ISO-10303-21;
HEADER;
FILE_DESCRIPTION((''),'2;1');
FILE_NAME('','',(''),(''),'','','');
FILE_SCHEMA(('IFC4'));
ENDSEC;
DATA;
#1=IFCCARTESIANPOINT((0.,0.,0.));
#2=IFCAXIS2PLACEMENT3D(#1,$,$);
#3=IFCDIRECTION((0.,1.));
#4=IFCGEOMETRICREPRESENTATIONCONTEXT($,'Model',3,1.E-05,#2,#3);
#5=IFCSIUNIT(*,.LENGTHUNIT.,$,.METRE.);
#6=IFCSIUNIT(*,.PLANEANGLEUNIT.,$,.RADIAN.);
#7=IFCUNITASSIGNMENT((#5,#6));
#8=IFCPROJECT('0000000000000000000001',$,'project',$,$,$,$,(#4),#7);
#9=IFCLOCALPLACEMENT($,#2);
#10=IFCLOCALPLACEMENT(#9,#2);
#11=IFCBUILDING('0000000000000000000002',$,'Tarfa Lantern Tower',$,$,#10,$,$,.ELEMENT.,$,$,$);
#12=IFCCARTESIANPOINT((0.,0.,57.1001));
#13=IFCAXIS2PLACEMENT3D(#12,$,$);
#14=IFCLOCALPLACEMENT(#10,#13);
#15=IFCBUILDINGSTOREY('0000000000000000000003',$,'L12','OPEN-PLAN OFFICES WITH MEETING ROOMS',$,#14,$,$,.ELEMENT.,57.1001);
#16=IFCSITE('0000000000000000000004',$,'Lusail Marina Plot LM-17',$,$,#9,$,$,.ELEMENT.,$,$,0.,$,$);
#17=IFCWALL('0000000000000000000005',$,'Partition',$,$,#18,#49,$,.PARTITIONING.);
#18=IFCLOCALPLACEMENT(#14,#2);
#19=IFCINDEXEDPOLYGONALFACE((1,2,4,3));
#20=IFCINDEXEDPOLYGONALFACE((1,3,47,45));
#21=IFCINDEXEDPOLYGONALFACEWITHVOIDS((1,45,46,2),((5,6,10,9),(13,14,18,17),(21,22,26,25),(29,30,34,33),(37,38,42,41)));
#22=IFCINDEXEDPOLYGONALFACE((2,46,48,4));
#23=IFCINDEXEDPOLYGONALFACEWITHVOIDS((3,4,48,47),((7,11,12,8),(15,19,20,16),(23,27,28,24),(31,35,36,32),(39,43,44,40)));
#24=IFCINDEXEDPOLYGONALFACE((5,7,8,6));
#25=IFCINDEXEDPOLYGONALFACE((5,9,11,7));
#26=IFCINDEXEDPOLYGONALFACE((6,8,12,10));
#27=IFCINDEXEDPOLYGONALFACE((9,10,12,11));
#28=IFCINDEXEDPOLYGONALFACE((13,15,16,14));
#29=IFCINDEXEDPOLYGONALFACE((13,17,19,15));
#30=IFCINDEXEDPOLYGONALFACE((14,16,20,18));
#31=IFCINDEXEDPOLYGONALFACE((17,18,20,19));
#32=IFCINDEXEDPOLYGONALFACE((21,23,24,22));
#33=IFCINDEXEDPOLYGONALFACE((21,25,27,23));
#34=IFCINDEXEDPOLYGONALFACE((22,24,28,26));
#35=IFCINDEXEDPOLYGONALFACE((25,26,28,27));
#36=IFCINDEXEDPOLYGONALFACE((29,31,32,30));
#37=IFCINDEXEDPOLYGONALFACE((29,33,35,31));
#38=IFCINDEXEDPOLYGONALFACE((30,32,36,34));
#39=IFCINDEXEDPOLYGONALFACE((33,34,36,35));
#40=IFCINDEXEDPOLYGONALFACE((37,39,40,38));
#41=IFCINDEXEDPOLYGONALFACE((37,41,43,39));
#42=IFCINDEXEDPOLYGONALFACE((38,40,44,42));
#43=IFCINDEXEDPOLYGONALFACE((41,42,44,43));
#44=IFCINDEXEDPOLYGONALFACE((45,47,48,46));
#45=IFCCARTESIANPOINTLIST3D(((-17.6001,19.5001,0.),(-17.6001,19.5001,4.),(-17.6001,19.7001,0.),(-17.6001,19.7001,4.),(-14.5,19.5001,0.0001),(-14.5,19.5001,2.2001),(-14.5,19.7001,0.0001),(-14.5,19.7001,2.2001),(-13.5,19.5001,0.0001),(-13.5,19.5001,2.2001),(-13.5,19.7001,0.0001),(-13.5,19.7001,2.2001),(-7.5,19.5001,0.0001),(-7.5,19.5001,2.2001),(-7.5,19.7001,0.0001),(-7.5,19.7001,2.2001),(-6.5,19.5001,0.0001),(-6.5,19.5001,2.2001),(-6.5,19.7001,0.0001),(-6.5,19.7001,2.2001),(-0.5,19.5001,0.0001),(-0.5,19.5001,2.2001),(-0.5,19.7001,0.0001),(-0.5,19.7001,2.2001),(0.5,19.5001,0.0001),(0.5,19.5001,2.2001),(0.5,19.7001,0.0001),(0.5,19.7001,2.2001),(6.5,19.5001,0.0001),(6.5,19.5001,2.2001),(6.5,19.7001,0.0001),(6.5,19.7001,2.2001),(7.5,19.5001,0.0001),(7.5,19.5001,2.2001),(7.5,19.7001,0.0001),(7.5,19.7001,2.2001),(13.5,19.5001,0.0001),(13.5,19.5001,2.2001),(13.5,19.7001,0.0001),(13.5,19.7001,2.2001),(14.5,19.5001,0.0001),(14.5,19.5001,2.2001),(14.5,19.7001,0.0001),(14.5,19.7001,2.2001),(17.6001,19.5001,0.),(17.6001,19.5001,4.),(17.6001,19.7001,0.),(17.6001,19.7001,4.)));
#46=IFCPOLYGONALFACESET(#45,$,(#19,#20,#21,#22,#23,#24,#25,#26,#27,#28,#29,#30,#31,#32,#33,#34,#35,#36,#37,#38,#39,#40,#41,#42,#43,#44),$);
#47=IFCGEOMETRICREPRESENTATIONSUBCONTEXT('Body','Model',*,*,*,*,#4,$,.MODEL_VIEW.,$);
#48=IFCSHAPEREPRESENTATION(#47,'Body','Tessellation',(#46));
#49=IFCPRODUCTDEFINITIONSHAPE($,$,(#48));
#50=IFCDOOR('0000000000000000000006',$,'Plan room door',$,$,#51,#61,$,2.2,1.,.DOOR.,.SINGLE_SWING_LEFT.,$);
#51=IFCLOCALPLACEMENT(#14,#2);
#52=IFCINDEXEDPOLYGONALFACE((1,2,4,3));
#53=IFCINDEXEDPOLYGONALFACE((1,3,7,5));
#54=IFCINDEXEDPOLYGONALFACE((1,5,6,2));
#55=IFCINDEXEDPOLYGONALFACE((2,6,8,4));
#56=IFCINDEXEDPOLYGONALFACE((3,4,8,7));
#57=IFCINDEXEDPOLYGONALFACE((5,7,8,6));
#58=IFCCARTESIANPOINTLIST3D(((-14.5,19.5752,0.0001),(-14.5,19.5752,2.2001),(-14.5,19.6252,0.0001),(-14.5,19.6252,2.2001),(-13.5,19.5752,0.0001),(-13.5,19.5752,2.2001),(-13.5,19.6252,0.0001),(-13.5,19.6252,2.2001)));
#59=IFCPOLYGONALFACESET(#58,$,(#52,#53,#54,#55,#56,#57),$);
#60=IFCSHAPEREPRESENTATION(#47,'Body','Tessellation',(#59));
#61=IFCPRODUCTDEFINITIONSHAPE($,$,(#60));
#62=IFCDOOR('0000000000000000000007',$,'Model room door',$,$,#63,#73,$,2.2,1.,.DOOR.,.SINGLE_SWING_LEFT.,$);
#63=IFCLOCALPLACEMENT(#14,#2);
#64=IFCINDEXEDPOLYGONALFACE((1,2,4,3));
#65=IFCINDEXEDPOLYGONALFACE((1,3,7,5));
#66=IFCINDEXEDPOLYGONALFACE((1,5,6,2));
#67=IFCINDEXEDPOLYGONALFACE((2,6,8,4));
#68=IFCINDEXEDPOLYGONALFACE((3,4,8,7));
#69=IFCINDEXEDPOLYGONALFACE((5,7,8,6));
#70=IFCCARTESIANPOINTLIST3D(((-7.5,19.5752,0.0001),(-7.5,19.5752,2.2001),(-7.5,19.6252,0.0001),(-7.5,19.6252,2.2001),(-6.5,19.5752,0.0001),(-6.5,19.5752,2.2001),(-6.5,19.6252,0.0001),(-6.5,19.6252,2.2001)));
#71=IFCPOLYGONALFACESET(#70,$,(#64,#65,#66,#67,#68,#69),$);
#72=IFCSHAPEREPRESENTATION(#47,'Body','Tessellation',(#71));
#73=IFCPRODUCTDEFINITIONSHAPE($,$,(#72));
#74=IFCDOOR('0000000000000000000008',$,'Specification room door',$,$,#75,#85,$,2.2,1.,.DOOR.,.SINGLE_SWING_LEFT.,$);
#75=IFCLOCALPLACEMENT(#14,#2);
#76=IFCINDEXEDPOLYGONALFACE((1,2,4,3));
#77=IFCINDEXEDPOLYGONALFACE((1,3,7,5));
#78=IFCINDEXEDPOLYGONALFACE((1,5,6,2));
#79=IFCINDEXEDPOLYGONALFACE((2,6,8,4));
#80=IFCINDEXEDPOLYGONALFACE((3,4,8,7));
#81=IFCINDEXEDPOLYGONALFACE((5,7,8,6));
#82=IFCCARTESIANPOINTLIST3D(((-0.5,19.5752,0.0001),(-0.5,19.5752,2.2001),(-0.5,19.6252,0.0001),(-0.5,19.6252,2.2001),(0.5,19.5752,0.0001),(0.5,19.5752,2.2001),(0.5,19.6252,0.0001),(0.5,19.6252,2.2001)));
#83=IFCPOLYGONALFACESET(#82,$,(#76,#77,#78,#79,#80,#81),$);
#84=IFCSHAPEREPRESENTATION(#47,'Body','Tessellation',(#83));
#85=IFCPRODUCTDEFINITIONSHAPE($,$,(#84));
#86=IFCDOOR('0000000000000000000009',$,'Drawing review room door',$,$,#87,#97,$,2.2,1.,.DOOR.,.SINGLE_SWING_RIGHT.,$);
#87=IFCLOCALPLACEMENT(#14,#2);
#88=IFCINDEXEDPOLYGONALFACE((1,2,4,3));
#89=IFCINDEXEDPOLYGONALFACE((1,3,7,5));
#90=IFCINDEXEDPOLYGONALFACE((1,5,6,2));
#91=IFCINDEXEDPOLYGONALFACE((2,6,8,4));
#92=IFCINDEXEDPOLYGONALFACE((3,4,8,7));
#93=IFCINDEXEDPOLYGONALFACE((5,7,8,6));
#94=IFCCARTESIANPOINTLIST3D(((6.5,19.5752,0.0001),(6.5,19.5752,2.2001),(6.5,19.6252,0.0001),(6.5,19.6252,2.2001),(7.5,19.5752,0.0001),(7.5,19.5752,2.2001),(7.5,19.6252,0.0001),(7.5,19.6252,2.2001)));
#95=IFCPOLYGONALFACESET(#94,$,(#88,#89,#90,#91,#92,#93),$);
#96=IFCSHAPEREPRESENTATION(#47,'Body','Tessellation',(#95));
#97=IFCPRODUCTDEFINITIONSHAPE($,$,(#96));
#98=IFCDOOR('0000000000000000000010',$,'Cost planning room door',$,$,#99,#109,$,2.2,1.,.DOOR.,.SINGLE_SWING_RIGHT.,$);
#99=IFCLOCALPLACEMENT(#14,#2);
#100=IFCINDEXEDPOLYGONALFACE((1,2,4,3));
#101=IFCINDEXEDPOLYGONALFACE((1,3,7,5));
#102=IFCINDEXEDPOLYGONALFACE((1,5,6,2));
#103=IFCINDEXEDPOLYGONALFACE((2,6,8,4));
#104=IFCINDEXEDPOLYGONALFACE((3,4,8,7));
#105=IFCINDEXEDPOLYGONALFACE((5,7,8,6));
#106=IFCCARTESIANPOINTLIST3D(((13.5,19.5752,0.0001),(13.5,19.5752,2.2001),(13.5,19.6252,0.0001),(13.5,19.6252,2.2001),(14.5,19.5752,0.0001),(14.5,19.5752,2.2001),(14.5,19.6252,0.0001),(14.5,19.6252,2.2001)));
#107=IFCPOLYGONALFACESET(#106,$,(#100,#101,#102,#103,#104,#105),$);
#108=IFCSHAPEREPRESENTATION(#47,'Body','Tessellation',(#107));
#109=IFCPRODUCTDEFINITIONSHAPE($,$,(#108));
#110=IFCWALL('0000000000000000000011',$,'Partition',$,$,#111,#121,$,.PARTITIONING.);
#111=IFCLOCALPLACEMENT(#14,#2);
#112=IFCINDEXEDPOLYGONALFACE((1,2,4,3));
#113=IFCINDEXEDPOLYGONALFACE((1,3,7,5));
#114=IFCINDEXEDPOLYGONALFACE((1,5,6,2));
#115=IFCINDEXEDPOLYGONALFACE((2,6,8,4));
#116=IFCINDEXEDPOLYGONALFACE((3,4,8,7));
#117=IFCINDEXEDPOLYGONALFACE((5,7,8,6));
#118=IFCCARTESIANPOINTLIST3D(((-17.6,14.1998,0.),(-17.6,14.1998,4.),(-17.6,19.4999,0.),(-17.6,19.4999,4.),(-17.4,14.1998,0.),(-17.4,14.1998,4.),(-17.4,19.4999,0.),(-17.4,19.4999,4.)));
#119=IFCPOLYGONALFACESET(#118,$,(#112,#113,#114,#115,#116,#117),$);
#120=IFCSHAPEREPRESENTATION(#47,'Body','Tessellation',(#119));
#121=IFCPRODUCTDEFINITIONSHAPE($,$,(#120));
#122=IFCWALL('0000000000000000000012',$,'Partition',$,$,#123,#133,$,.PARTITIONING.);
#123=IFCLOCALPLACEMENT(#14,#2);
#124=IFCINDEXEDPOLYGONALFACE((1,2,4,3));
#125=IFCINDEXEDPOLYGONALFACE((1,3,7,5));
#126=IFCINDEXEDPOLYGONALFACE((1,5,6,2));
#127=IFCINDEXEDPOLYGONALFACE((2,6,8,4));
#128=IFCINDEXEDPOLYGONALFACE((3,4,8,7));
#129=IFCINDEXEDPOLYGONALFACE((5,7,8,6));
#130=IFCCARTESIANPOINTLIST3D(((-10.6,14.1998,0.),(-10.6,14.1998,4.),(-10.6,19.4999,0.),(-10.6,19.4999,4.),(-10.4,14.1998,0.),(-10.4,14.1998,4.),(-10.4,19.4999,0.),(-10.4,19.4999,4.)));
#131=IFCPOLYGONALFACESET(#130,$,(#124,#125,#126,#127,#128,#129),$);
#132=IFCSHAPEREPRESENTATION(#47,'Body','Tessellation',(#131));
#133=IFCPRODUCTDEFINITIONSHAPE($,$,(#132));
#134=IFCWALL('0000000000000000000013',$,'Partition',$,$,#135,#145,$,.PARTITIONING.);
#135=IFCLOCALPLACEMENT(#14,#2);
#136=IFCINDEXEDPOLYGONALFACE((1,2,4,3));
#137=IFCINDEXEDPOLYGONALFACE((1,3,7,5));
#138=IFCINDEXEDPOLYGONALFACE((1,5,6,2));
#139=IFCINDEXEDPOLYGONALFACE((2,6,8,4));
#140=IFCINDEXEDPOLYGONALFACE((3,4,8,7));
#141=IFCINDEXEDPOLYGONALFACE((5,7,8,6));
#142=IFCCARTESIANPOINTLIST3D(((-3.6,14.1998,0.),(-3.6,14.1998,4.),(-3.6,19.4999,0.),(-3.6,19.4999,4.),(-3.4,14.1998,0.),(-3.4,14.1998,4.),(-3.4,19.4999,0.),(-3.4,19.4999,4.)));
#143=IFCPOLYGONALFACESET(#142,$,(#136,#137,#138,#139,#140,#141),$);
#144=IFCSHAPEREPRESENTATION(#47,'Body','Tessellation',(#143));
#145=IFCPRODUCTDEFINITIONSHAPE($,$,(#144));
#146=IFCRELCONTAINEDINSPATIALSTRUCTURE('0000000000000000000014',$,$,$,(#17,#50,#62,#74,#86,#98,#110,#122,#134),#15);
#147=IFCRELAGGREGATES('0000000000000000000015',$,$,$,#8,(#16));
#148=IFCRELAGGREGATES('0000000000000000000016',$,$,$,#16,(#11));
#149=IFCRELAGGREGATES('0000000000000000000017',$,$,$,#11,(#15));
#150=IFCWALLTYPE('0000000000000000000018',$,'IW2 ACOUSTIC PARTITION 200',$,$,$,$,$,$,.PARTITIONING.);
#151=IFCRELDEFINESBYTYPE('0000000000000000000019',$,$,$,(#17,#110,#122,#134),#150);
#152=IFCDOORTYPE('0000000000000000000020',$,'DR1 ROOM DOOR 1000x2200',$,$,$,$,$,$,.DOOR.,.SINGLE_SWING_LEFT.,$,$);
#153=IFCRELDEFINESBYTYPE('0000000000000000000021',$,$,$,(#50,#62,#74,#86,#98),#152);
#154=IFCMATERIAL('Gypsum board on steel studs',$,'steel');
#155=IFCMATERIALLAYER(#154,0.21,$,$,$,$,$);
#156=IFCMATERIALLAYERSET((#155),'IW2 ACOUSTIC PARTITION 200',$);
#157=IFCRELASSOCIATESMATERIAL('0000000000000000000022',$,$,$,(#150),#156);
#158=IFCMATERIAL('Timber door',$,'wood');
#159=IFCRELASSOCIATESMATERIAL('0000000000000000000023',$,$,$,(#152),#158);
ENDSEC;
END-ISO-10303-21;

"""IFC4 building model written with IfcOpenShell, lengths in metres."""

from ifc_helpers import new_model, si_unit, direction, frame, frame_2d, origin, place, context, subcontext, project, spatial, rectangle, extrude, material, layer, layer_set, type_object, element, fill, save


model = new_model("IFC4")

# Units and contexts
model_context = context("Model", 3, precision=1e-05, world=origin(), true_north=direction((0.0, 1.0)))
body_context = subcontext(model_context, "Body", "Model", "MODEL_VIEW")
ifc_project = project(units=[si_unit("LENGTHUNIT", "METRE"), si_unit("PLANEANGLEUNIT", "RADIAN")], contexts=[model_context])

# Site, building, storey
site_placement = place(None, origin())
site = spatial("IfcSite", under=ifc_project, at=site_placement, Name="Lusail Marina Plot LM-17", CompositionType="ELEMENT", RefElevation=0.0)
building_placement = place(site_placement, origin())
building = spatial("IfcBuilding", under=site, at=building_placement, Name="Tarfa Lantern Tower", CompositionType="ELEMENT")
storey_placement = place(building_placement, frame((0.0, 0.0, 57.1001)))
storey = spatial("IfcBuildingStorey", under=building, at=storey_placement, Name="L12", Description="OPEN-PLAN OFFICES WITH MEETING ROOMS", CompositionType="ELEMENT", Elevation=57.1001)

# Wall, openings, doors
ifc_material_1 = material(Name="Gypsum board on steel studs", Category="steel")
ifc_layer_1 = layer(ifc_material_1, 0.21)
ifc_layer_set_1 = layer_set([ifc_layer_1], Name="IW2 ACOUSTIC PARTITION 200")
wall_type = type_object("IfcWallType", Name="IW2 ACOUSTIC PARTITION 200", PredefinedType="PARTITIONING", material=ifc_layer_set_1)
wall_placement = place(storey_placement, frame((-17.6001, 19.6001, 0.0), z_axis=(0.0, 0.0, 1.0), x_axis=(1.0, 0.0, 0.0)))
wall = element("IfcWall", 1, at=wall_placement, inside=storey, type_object=wall_type, Name="Partition", PredefinedType="PARTITIONING", context=body_context, shape_type="SweptSolid", body=[
    extrude(rectangle(XDim=35.2002, YDim=0.2, at=frame_2d((17.6001, 0.0))), origin(), (0.0, 0.0, 1.0), 4.0),
])
opening_1_placement = place(wall_placement, frame((3.1001, 0.0, 0.0)))
opening_1 = element("IfcOpeningElement", 2, at=opening_1_placement, cuts=wall, PredefinedType="OPENING", context=body_context, shape_type="SweptSolid", body=[
    extrude(rectangle(XDim=1.0, YDim=2.2, at=frame_2d((0.5, 1.1001))), frame((0.0, 0.1099, 0.0), z_axis=(0.0, -1.0, 0.0), x_axis=(1.0, 0.0, 0.0)), (0.0, 0.0, 1.0), 0.22),
])
opening_2_placement = place(wall_placement, frame((10.1001, 0.0, 0.0)))
opening_2 = element("IfcOpeningElement", 3, at=opening_2_placement, cuts=wall, PredefinedType="OPENING", context=body_context, shape_type="SweptSolid", body=[
    extrude(rectangle(XDim=1.0, YDim=2.2, at=frame_2d((0.5, 1.1001))), frame((0.0, 0.1099, 0.0), z_axis=(0.0, -1.0, 0.0), x_axis=(1.0, 0.0, 0.0)), (0.0, 0.0, 1.0), 0.22),
])
opening_3_placement = place(wall_placement, frame((17.1001, 0.0, 0.0)))
opening_3 = element("IfcOpeningElement", 4, at=opening_3_placement, cuts=wall, PredefinedType="OPENING", context=body_context, shape_type="SweptSolid", body=[
    extrude(rectangle(XDim=1.0, YDim=2.2, at=frame_2d((0.5, 1.1001))), frame((0.0, 0.1099, 0.0), z_axis=(0.0, -1.0, 0.0), x_axis=(1.0, 0.0, 0.0)), (0.0, 0.0, 1.0), 0.22),
])
opening_4_placement = place(wall_placement, frame((24.1001, 0.0, 0.0)))
opening_4 = element("IfcOpeningElement", 5, at=opening_4_placement, cuts=wall, PredefinedType="OPENING", context=body_context, shape_type="SweptSolid", body=[
    extrude(rectangle(XDim=1.0, YDim=2.2, at=frame_2d((0.5, 1.1001))), frame((0.0, 0.1099, 0.0), z_axis=(0.0, -1.0, 0.0), x_axis=(1.0, 0.0, 0.0)), (0.0, 0.0, 1.0), 0.22),
])
opening_5_placement = place(wall_placement, frame((31.1001, 0.0, 0.0)))
opening_5 = element("IfcOpeningElement", 6, at=opening_5_placement, cuts=wall, PredefinedType="OPENING", context=body_context, shape_type="SweptSolid", body=[
    extrude(rectangle(XDim=1.0, YDim=2.2, at=frame_2d((0.5, 1.1001))), frame((0.0, 0.1099, 0.0), z_axis=(0.0, -1.0, 0.0), x_axis=(1.0, 0.0, 0.0)), (0.0, 0.0, 1.0), 0.22),
])
ifc_material_2 = material(Name="Timber door", Category="wood")
door_type = type_object("IfcDoorType", Name="DR1 ROOM DOOR 1000x2200", OperationType="SINGLE_SWING_LEFT", PredefinedType="DOOR", material=ifc_material_2)
door_1_placement = place(opening_1_placement, frame((1.0, 0.0, 0.0), z_axis=(0.0, 0.0, 1.0), x_axis=(-1.0, 0.0, 0.0)))
door_1 = element("IfcDoor", 7, at=door_1_placement, inside=storey, type_object=door_type, Name="Plan room door", OperationType="SINGLE_SWING_LEFT", OverallHeight=2.2, OverallWidth=1.0, PredefinedType="DOOR", context=body_context, shape_type="SweptSolid", body=[
    extrude(rectangle(XDim=1.0, YDim=2.2, at=frame_2d((0.5, 1.1001))), frame((0.0, 0.0249, 0.0), z_axis=(0.0, -1.0, 0.0), x_axis=(1.0, 0.0, 0.0)), (0.0, 0.0, 1.0), 0.05),
])
fill(opening_1, door_1)
door_2_placement = place(opening_2_placement, frame((1.0, 0.0, 0.0), z_axis=(0.0, 0.0, 1.0), x_axis=(-1.0, 0.0, 0.0)))
door_2 = element("IfcDoor", 8, at=door_2_placement, inside=storey, type_object=door_type, Name="Model room door", OperationType="SINGLE_SWING_LEFT", OverallHeight=2.2, OverallWidth=1.0, PredefinedType="DOOR", context=body_context, shape_type="SweptSolid", body=[
    extrude(rectangle(XDim=1.0, YDim=2.2, at=frame_2d((0.5, 1.1001))), frame((0.0, 0.0249, 0.0), z_axis=(0.0, -1.0, 0.0), x_axis=(1.0, 0.0, 0.0)), (0.0, 0.0, 1.0), 0.05),
])
fill(opening_2, door_2)
door_3_placement = place(opening_3_placement, frame((1.0, 0.0, 0.0), z_axis=(0.0, 0.0, 1.0), x_axis=(-1.0, 0.0, 0.0)))
door_3 = element("IfcDoor", 9, at=door_3_placement, inside=storey, type_object=door_type, Name="Specification room door", OperationType="SINGLE_SWING_LEFT", OverallHeight=2.2, OverallWidth=1.0, PredefinedType="DOOR", context=body_context, shape_type="SweptSolid", body=[
    extrude(rectangle(XDim=1.0, YDim=2.2, at=frame_2d((0.5, 1.1001))), frame((0.0, 0.0249, 0.0), z_axis=(0.0, -1.0, 0.0), x_axis=(1.0, 0.0, 0.0)), (0.0, 0.0, 1.0), 0.05),
])
fill(opening_3, door_3)
door_4_placement = place(opening_4_placement, frame((1.0, 0.0, 0.0), z_axis=(0.0, 0.0, 1.0), x_axis=(-1.0, 0.0, 0.0)))
door_4 = element("IfcDoor", 10, at=door_4_placement, inside=storey, type_object=door_type, Name="Drawing review room door", OperationType="SINGLE_SWING_RIGHT", OverallHeight=2.2, OverallWidth=1.0, PredefinedType="DOOR", context=body_context, shape_type="SweptSolid", body=[
    extrude(rectangle(XDim=1.0, YDim=2.2, at=frame_2d((0.5, 1.1001))), frame((0.0, 0.0249, 0.0), z_axis=(0.0, -1.0, 0.0), x_axis=(1.0, 0.0, 0.0)), (0.0, 0.0, 1.0), 0.05),
])
fill(opening_4, door_4)
door_5_placement = place(opening_5_placement, frame((1.0, 0.0, 0.0), z_axis=(0.0, 0.0, 1.0), x_axis=(-1.0, 0.0, 0.0)))
door_5 = element("IfcDoor", 11, at=door_5_placement, inside=storey, type_object=door_type, Name="Cost planning room door", OperationType="SINGLE_SWING_RIGHT", OverallHeight=2.2, OverallWidth=1.0, PredefinedType="DOOR", context=body_context, shape_type="SweptSolid", body=[
    extrude(rectangle(XDim=1.0, YDim=2.2, at=frame_2d((0.5, 1.1001))), frame((0.0, 0.0249, 0.0), z_axis=(0.0, -1.0, 0.0), x_axis=(1.0, 0.0, 0.0)), (0.0, 0.0, 1.0), 0.05),
])
fill(opening_5, door_5)

# Walls
for number, where, z_axis, x_axis, name in (
    (12, (-17.5, 14.2, 0.0), (0.0, 0.0, 1.0), (0.0, 1.0, 0.0), "Partition"),
    (13, (-10.5, 14.2, 0.0), (0.0, 0.0, 1.0), (0.0, 1.0, 0.0), "Partition"),
    (14, (-3.5, 14.2, 0.0), (0.0, 0.0, 1.0), (0.0, 1.0, 0.0), "Partition"),
):
    element("IfcWall", number, at=place(storey_placement, frame(where, z_axis=z_axis, x_axis=x_axis)), inside=storey, type_object=wall_type, Name=name, PredefinedType="PARTITIONING", context=body_context, shape_type="SweptSolid", body=[
        extrude(rectangle(XDim=5.3, YDim=0.2, at=frame_2d((2.6499, 0.0))), origin(), (0.0, 0.0, 1.0), 4.0),
    ])

save(model, "model.ifc")
